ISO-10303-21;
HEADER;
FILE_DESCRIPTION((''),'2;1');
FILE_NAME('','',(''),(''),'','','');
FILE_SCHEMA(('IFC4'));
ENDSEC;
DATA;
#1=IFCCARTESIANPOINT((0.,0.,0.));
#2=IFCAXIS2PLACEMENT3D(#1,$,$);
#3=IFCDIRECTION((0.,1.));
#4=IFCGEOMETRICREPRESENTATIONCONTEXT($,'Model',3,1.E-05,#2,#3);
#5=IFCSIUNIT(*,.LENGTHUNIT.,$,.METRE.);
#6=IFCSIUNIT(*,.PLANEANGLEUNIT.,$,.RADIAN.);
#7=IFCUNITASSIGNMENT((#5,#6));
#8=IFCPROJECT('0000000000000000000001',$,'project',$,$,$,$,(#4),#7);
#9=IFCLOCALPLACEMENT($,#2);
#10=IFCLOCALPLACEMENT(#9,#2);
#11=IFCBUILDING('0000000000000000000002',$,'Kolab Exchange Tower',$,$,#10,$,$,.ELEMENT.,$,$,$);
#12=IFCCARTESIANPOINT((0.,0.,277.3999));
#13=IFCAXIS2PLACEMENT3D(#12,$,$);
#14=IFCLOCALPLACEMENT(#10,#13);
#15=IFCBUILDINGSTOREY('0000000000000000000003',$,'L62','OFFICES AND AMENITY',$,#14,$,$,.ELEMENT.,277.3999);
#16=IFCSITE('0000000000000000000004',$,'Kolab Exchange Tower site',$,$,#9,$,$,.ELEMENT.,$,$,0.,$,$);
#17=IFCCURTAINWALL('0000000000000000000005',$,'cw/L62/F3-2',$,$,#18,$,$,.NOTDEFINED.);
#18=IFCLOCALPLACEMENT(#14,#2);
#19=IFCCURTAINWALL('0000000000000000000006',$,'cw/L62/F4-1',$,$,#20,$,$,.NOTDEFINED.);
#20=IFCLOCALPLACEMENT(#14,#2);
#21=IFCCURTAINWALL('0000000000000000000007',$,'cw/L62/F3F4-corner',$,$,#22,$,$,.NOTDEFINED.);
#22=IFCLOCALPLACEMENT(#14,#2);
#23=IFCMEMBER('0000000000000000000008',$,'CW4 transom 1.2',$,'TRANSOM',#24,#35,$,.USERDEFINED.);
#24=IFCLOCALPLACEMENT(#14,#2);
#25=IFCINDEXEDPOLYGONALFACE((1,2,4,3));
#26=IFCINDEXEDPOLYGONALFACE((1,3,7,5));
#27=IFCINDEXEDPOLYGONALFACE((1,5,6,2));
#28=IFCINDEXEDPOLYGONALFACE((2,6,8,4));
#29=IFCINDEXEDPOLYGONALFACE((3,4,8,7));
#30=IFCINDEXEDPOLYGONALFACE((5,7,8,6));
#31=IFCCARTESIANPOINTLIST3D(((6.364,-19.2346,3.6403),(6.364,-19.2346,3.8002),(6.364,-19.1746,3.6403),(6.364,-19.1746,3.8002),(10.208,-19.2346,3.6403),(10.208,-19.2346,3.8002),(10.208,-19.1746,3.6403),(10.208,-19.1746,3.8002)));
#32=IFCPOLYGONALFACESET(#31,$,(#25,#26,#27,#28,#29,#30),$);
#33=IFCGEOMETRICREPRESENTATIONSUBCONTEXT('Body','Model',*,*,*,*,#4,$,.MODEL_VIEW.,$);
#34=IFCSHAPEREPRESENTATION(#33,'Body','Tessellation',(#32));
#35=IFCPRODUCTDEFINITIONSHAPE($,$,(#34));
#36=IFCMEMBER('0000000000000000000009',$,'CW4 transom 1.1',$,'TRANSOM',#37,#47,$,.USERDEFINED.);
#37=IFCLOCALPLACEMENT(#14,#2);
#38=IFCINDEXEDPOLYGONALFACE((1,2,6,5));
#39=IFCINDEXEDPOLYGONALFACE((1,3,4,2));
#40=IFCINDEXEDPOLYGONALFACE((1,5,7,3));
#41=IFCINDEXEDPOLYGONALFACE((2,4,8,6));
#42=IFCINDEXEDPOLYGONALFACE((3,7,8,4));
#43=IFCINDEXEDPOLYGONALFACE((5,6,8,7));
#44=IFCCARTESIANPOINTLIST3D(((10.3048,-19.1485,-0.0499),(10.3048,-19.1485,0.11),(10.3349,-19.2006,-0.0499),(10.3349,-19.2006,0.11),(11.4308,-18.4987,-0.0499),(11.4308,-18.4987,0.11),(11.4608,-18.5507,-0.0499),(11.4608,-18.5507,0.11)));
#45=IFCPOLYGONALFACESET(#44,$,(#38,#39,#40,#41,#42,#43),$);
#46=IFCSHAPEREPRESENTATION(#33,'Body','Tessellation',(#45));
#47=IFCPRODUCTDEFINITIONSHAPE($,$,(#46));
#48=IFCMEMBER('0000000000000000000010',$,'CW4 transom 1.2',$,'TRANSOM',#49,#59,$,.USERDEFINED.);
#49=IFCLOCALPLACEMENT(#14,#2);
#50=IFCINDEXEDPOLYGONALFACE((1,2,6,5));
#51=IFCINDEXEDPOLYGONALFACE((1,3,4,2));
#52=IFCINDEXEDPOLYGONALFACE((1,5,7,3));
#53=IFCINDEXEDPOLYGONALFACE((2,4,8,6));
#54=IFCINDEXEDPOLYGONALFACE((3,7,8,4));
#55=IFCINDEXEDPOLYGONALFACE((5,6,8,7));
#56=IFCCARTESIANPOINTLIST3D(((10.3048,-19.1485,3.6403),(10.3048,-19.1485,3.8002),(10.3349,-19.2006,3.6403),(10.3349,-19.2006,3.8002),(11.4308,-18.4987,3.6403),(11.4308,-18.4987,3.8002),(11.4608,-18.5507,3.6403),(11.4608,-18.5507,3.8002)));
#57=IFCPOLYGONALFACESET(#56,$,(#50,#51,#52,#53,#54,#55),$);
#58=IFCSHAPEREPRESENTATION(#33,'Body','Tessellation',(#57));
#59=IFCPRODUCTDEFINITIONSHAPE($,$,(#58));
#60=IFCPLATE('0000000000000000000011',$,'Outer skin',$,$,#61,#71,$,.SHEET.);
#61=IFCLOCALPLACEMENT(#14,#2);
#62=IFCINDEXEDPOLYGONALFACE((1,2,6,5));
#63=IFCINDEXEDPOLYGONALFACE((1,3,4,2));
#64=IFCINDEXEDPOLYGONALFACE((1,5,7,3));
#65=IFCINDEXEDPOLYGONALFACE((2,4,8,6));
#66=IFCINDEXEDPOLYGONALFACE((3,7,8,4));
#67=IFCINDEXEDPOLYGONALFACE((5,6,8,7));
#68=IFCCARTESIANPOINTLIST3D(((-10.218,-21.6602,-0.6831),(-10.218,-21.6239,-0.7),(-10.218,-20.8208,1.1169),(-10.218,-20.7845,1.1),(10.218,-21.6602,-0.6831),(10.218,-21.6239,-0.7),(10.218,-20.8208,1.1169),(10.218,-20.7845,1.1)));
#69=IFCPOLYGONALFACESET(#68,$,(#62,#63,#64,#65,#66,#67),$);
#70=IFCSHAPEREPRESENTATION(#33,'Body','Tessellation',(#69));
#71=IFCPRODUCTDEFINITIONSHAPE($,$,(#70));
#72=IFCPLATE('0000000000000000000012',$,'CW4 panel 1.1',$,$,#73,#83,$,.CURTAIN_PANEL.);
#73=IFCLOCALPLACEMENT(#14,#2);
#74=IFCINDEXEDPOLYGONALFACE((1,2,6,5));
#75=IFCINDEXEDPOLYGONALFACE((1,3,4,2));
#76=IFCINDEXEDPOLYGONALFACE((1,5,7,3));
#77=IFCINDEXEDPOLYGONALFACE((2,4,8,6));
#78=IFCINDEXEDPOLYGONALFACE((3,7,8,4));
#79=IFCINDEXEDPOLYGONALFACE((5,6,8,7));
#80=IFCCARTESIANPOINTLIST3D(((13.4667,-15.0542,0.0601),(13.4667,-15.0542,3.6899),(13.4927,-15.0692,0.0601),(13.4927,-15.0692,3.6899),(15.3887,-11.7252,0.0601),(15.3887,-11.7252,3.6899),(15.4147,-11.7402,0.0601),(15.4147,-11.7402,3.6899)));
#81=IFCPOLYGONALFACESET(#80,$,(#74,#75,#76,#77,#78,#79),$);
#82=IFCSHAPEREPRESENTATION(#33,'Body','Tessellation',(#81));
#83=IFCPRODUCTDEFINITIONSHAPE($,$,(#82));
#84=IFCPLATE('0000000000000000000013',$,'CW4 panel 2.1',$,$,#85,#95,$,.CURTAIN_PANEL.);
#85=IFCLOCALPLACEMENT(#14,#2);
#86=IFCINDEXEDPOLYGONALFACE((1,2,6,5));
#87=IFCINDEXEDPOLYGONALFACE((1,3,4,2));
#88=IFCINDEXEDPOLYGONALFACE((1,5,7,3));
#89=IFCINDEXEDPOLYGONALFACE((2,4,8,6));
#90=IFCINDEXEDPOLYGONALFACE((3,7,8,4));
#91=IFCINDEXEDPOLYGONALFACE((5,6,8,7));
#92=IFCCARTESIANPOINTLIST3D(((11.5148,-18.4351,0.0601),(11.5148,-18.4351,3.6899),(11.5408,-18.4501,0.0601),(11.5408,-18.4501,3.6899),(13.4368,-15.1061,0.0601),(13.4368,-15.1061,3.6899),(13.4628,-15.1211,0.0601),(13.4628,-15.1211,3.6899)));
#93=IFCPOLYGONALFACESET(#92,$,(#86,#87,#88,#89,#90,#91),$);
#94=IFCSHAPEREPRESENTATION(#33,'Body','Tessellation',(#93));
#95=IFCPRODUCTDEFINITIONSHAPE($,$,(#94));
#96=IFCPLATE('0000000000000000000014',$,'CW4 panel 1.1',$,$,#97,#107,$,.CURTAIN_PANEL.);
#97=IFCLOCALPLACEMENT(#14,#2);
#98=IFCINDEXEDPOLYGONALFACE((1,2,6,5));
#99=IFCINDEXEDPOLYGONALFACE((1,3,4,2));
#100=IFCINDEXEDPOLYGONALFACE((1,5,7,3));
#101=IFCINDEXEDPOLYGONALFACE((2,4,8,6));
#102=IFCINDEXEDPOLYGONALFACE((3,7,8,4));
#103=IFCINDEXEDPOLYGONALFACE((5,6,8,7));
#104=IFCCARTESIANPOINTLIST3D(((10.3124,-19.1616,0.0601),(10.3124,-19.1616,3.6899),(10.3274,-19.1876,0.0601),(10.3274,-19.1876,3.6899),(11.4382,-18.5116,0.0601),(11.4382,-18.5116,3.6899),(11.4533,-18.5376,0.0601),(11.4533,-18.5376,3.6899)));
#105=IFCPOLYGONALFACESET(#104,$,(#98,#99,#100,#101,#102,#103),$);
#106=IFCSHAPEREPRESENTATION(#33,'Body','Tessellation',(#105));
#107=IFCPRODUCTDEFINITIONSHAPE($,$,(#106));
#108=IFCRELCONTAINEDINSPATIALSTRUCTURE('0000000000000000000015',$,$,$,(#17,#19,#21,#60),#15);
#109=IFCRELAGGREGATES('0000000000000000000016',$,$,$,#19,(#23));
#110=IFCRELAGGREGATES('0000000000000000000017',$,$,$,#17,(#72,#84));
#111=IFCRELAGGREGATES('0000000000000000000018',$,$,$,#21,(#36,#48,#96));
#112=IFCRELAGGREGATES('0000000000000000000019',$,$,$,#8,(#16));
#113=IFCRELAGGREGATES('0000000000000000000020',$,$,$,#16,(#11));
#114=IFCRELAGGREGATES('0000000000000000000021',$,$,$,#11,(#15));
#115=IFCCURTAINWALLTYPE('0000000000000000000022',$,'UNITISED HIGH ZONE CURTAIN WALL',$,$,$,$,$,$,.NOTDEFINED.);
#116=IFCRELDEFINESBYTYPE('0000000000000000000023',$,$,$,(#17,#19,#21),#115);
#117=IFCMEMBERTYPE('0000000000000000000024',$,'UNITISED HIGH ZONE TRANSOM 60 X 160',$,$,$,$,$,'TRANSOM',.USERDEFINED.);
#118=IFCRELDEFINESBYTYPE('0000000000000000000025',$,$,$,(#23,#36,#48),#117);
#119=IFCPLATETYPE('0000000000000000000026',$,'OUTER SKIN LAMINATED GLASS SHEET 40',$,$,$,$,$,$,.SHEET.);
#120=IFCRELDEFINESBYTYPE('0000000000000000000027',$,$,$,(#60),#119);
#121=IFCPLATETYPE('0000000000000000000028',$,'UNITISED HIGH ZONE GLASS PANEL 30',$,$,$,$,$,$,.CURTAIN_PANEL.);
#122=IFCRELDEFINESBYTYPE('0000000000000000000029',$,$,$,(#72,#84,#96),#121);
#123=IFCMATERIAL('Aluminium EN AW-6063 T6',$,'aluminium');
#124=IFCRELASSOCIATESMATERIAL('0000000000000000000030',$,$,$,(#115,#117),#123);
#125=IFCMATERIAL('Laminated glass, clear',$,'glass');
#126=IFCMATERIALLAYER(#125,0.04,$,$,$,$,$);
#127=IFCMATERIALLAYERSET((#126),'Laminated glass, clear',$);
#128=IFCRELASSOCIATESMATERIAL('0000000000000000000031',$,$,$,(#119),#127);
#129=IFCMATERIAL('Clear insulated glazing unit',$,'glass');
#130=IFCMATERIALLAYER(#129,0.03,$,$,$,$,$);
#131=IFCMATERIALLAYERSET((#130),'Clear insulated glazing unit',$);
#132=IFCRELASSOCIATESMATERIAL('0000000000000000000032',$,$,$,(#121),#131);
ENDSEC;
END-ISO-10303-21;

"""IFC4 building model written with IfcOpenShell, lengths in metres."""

from ifc_helpers import new_model, si_unit, direction, frame, origin, origin_2d, place, context, subcontext, project, spatial, polyline, rectangle, outline, extrude, material, layer, layer_set, material_profile, profile_set, type_object, element, aggregate, save


model = new_model("IFC4")

# Units and contexts
model_context = context("Model", 3, precision=1e-05, world=origin(), true_north=direction((0.0, 1.0)))
body_context = subcontext(model_context, "Body", "Model", "MODEL_VIEW")
ifc_project = project(units=[si_unit("LENGTHUNIT", "METRE"), si_unit("PLANEANGLEUNIT", "RADIAN")], contexts=[model_context])

# Site, building, storey
site_placement = place(None, origin())
site = spatial("IfcSite", under=ifc_project, at=site_placement, Name="Kolab Exchange Tower site", CompositionType="ELEMENT", RefElevation=0.0)
building_placement = place(site_placement, origin())
building = spatial("IfcBuilding", under=site, at=building_placement, Name="Kolab Exchange Tower", CompositionType="ELEMENT")
storey_placement = place(building_placement, frame((0.0, 0.0, 277.3999)))
storey = spatial("IfcBuildingStorey", under=building, at=storey_placement, Name="L62", Description="OFFICES AND AMENITY", CompositionType="ELEMENT", Elevation=277.3999)

# Curtain wall
ifc_material_1 = material(Name="Aluminium EN AW-6063 T6", Category="aluminium")
curtain_wall_type = type_object("IfcCurtainWallType", Name="UNITISED HIGH ZONE CURTAIN WALL", PredefinedType="NOTDEFINED", material=ifc_material_1)
curtain_wall_1_placement = place(storey_placement, origin())
curtain_wall_1 = element("IfcCurtainWall", 1, at=curtain_wall_1_placement, inside=storey, type_object=curtain_wall_type, Name="cw/L62/F3-2", PredefinedType="NOTDEFINED")

# Curtain wall
curtain_wall_2_placement = place(storey_placement, origin())
curtain_wall_2 = element("IfcCurtainWall", 2, at=curtain_wall_2_placement, inside=storey, type_object=curtain_wall_type, Name="cw/L62/F4-1", PredefinedType="NOTDEFINED")

# Curtain wall
curtain_wall_3_placement = place(storey_placement, origin())
curtain_wall_3 = element("IfcCurtainWall", 3, at=curtain_wall_3_placement, inside=storey, type_object=curtain_wall_type, Name="cw/L62/F3F4-corner", PredefinedType="NOTDEFINED")

# Members
ifc_material_profile_1 = material_profile(ifc_material_1, rectangle(XDim=0.0601, YDim=0.1599, at=origin_2d()), Name="RECT 60X160")
ifc_profile_set_1 = profile_set([ifc_material_profile_1], Name="Aluminium EN AW-6063 T6")
member_type_1 = type_object("IfcMemberType", Name="UNITISED HIGH ZONE TRANSOM 60 X 160", ElementType="TRANSOM", PredefinedType="USERDEFINED", material=ifc_profile_set_1)
member_1_placement = place(storey_placement, frame((10.208, -19.2046, 3.7202), z_axis=(-1.0, 0.0, 0.0), x_axis=(0.0, -1.0, 0.0)))
member_1 = element("IfcMember", 4, at=member_1_placement, type_object=member_type_1, Name="CW4 transom 1.2", ObjectType="TRANSOM", PredefinedType="USERDEFINED", context=body_context, shape_type="SweptSolid", body=[
    extrude(rectangle(XDim=0.0601, YDim=0.1599, at=origin_2d()), origin(), (0.0, 0.0, 1.0), 3.844),
])
aggregate(curtain_wall_2, [member_1])
member_2_placement = place(storey_placement, frame((11.4458, -18.5247, 0.03), z_axis=(-0.866086, -0.499896, 0.0), x_axis=(0.499896, -0.866086, 0.0)))
member_2 = element("IfcMember", 5, at=member_2_placement, type_object=member_type_1, Name="CW4 transom 1.1", ObjectType="TRANSOM", PredefinedType="USERDEFINED", context=body_context, shape_type="SweptSolid", body=[
    extrude(rectangle(XDim=0.0601, YDim=0.1599, at=origin_2d()), origin(), (0.0, 0.0, 1.0), 1.3),
])
member_3_placement = place(storey_placement, frame((11.4458, -18.5247, 3.7202), z_axis=(-0.866086, -0.499896, 0.0), x_axis=(0.499896, -0.866086, 0.0)))
member_3 = element("IfcMember", 6, at=member_3_placement, type_object=member_type_1, Name="CW4 transom 1.2", ObjectType="TRANSOM", PredefinedType="USERDEFINED", context=body_context, shape_type="SweptSolid", body=[
    extrude(rectangle(XDim=0.0601, YDim=0.1599, at=origin_2d()), origin(), (0.0, 0.0, 1.0), 1.3),
])

# Plates
ifc_material_2 = material(Name="Laminated glass, clear", Category="glass")
ifc_layer_1 = layer(ifc_material_2, 0.04)
ifc_layer_set_1 = layer_set([ifc_layer_1], Name="Laminated glass, clear")
plate_type_1 = type_object("IfcPlateType", Name="OUTER SKIN LAMINATED GLASS SHEET 40", PredefinedType="SHEET", material=ifc_layer_set_1)
plate_1_placement = place(storey_placement, frame((10.218, -21.6602, -0.6831), z_axis=(0.0, -0.906312, 0.42261), x_axis=(-1.0, 0.0, 0.0)))
element("IfcPlate", 7, at=plate_1_placement, inside=storey, type_object=plate_type_1, Name="Outer skin", PredefinedType="SHEET", context=body_context, shape_type="SweptSolid", body=[
    extrude(outline(polyline([(0.0, 0.0), (20.436, 0.0), (20.436, -1.9861), (0.0, -1.9861), (0.0, 0.0)])), origin(), (0.0, 0.0, -1.0), 0.04),
])
ifc_material_3 = material(Name="Clear insulated glazing unit", Category="glass")
ifc_layer_2 = layer(ifc_material_3, 0.03)
ifc_layer_set_2 = layer_set([ifc_layer_2], Name="Clear insulated glazing unit")
plate_type_2 = type_object("IfcPlateType", Name="UNITISED HIGH ZONE GLASS PANEL 30", PredefinedType="CURTAIN_PANEL", material=ifc_layer_set_2)
plate_2_placement = place(storey_placement, frame((14.4407, -13.3972, 0.0601), z_axis=(0.0, 0.0, 1.0), x_axis=(-0.5, -0.866025, 0.0)))
plate_2 = element("IfcPlate", 8, at=plate_2_placement, type_object=plate_type_2, Name="CW4 panel 1.1", PredefinedType="CURTAIN_PANEL", context=body_context, shape_type="SweptSolid", body=[
    extrude(rectangle(XDim=3.844, YDim=0.03, at=origin_2d()), origin(), (0.0, 0.0, 1.0), 3.6299),
])
plate_3_placement = place(storey_placement, frame((12.4888, -16.7781, 0.0601), z_axis=(0.0, 0.0, 1.0), x_axis=(-0.5, -0.866025, 0.0)))
plate_3 = element("IfcPlate", 9, at=plate_3_placement, type_object=plate_type_2, Name="CW4 panel 2.1", PredefinedType="CURTAIN_PANEL", context=body_context, shape_type="SweptSolid", body=[
    extrude(rectangle(XDim=3.844, YDim=0.03, at=origin_2d()), origin(), (0.0, 0.0, 1.0), 3.6299),
])
aggregate(curtain_wall_1, [plate_2, plate_3])
plate_4_placement = place(storey_placement, frame((10.8828, -18.8496, 0.0601), z_axis=(0.0, 0.0, 1.0), x_axis=(-0.866025, -0.5, 0.0)))
plate_4 = element("IfcPlate", 10, at=plate_4_placement, type_object=plate_type_2, Name="CW4 panel 1.1", PredefinedType="CURTAIN_PANEL", context=body_context, shape_type="SweptSolid", body=[
    extrude(rectangle(XDim=1.3, YDim=0.03, at=origin_2d()), origin(), (0.0, 0.0, 1.0), 3.6299),
])
aggregate(curtain_wall_3, [member_2, member_3, plate_4])

save(model, "model.ifc")
